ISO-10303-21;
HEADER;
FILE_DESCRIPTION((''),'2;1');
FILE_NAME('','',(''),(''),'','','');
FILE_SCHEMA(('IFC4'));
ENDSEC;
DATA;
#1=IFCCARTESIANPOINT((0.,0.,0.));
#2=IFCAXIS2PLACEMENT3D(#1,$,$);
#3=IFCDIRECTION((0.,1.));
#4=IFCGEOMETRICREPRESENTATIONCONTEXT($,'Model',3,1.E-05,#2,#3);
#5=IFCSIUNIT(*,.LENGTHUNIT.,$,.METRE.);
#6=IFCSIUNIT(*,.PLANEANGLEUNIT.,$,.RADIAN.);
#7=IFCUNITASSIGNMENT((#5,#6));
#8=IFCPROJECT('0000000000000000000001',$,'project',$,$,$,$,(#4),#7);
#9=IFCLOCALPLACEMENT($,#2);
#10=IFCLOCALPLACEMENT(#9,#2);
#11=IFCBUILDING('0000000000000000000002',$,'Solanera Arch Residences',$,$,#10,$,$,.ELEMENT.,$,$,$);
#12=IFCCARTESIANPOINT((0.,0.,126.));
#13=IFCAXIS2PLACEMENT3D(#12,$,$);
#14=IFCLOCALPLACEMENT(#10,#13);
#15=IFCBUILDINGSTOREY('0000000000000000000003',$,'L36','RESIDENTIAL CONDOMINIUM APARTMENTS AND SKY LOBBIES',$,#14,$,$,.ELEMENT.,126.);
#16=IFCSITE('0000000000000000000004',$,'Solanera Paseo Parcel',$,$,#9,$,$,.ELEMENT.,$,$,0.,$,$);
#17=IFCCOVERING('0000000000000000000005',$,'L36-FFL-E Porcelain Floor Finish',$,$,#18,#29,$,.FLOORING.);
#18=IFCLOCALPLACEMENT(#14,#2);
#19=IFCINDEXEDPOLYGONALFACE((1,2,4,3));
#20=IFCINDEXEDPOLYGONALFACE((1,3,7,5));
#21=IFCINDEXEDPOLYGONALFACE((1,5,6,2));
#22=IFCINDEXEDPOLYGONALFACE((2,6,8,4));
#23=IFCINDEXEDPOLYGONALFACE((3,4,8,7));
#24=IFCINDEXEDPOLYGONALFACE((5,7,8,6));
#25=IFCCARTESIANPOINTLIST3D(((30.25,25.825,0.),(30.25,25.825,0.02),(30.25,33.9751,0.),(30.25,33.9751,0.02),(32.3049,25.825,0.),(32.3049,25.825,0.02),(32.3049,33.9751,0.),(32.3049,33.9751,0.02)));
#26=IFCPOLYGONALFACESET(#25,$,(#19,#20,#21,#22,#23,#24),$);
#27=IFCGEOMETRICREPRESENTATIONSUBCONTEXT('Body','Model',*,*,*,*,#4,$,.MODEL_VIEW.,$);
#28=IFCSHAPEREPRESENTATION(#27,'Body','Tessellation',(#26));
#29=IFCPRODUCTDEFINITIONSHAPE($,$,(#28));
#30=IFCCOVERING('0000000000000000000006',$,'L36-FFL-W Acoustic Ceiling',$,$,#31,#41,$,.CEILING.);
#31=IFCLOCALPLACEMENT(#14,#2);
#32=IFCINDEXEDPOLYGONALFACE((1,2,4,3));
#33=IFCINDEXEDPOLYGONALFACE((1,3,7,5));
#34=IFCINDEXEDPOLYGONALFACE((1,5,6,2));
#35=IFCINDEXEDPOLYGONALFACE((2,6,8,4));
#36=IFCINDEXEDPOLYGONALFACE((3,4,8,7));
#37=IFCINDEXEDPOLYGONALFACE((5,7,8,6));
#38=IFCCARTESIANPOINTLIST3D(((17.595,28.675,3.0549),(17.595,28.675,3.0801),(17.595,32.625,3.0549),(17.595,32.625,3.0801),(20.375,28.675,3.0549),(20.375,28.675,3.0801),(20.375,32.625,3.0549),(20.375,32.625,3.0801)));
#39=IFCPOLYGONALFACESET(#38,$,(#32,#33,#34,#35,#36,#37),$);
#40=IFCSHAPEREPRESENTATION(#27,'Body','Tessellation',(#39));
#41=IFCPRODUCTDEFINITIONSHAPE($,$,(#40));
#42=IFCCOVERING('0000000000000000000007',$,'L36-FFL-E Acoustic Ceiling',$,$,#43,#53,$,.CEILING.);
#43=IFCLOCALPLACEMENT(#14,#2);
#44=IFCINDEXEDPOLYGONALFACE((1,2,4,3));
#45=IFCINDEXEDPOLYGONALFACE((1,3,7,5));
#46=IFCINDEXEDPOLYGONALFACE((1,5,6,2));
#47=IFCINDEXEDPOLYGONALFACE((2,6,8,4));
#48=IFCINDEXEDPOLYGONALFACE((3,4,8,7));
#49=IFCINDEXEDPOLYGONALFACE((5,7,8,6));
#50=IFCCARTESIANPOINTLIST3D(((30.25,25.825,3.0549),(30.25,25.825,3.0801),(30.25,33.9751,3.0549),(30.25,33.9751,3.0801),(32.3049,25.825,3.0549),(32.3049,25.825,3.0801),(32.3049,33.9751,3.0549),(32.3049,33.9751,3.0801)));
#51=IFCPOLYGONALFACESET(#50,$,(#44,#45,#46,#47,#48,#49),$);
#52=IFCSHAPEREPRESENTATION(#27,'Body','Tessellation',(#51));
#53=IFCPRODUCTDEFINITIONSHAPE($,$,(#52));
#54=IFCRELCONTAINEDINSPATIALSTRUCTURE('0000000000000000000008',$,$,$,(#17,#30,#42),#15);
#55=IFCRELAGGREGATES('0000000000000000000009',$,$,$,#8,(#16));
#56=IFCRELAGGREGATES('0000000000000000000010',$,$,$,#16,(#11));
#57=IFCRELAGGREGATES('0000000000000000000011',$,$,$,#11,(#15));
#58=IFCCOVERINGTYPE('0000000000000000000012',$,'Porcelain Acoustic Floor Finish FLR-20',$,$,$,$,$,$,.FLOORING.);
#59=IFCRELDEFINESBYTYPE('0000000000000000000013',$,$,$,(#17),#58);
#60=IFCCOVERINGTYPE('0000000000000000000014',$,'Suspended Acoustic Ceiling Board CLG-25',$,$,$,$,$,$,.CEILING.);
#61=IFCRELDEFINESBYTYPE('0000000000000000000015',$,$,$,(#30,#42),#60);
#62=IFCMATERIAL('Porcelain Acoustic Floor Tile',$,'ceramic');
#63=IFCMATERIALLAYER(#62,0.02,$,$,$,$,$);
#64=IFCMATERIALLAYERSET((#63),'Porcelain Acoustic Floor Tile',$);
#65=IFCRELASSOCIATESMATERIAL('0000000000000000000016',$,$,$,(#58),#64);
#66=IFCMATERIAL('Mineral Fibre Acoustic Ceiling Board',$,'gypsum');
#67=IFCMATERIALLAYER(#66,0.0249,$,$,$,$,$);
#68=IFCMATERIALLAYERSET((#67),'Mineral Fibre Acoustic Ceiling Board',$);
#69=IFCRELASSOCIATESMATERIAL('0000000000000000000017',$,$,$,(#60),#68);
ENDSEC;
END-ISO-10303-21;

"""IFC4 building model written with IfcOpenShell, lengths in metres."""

from ifc_helpers import new_model, si_unit, direction, frame, origin, place, context, subcontext, project, spatial, polyline, outline, extrude, material, layer, layer_set, type_object, element, save


model = new_model("IFC4")

# Units and contexts
model_context = context("Model", 3, precision=1e-05, world=origin(), true_north=direction((0.0, 1.0)))
body_context = subcontext(model_context, "Body", "Model", "MODEL_VIEW")
ifc_project = project(units=[si_unit("LENGTHUNIT", "METRE"), si_unit("PLANEANGLEUNIT", "RADIAN")], contexts=[model_context])

# Site, building, storey
site_placement = place(None, origin())
site = spatial("IfcSite", under=ifc_project, at=site_placement, Name="Solanera Paseo Parcel", CompositionType="ELEMENT", RefElevation=0.0)
building_placement = place(site_placement, origin())
building = spatial("IfcBuilding", under=site, at=building_placement, Name="Solanera Arch Residences", CompositionType="ELEMENT")
storey_placement = place(building_placement, frame((0.0, 0.0, 126.0)))
storey = spatial("IfcBuildingStorey", under=building, at=storey_placement, Name="L36", Description="RESIDENTIAL CONDOMINIUM APARTMENTS AND SKY LOBBIES", CompositionType="ELEMENT", Elevation=126.0)

# Coverings
ifc_material_1 = material(Name="Porcelain Acoustic Floor Tile", Category="ceramic")
ifc_layer_1 = layer(ifc_material_1, 0.02)
ifc_layer_set_1 = layer_set([ifc_layer_1], Name="Porcelain Acoustic Floor Tile")
covering_type_1 = type_object("IfcCoveringType", Name="Porcelain Acoustic Floor Finish FLR-20", PredefinedType="FLOORING", material=ifc_layer_set_1)
covering_1_placement = place(storey_placement, origin())
element("IfcCovering", 1, at=covering_1_placement, inside=storey, type_object=covering_type_1, Name="L36-FFL-E Porcelain Floor Finish", PredefinedType="FLOORING", context=body_context, shape_type="SweptSolid", body=[
    extrude(outline(polyline([(32.3049, 25.825), (30.25, 25.825), (30.25, 33.9751), (32.3049, 33.9751), (32.3049, 25.825)])), origin(), (0.0, 0.0, 1.0), 0.02),
])
ifc_material_2 = material(Name="Mineral Fibre Acoustic Ceiling Board", Category="gypsum")
ifc_layer_2 = layer(ifc_material_2, 0.0249)
ifc_layer_set_2 = layer_set([ifc_layer_2], Name="Mineral Fibre Acoustic Ceiling Board")
covering_type_2 = type_object("IfcCoveringType", Name="Suspended Acoustic Ceiling Board CLG-25", PredefinedType="CEILING", material=ifc_layer_set_2)
covering_2_placement = place(storey_placement, frame((0.0, 0.0, 3.0549)))
element("IfcCovering", 2, at=covering_2_placement, inside=storey, type_object=covering_type_2, Name="L36-FFL-W Acoustic Ceiling", PredefinedType="CEILING", context=body_context, shape_type="SweptSolid", body=[
    extrude(outline(polyline([(20.375, 28.675), (17.595, 28.675), (17.595, 32.625), (20.375, 32.625), (20.375, 28.675)])), origin(), (0.0, 0.0, 1.0), 0.0251),
])
covering_3_placement = place(storey_placement, frame((0.0, 0.0, 3.0549)))
element("IfcCovering", 3, at=covering_3_placement, inside=storey, type_object=covering_type_2, Name="L36-FFL-E Acoustic Ceiling", PredefinedType="CEILING", context=body_context, shape_type="SweptSolid", body=[
    extrude(outline(polyline([(32.3049, 25.825), (30.25, 25.825), (30.25, 33.9751), (32.3049, 33.9751), (32.3049, 25.825)])), origin(), (0.0, 0.0, 1.0), 0.0251),
])

save(model, "model.ifc")
